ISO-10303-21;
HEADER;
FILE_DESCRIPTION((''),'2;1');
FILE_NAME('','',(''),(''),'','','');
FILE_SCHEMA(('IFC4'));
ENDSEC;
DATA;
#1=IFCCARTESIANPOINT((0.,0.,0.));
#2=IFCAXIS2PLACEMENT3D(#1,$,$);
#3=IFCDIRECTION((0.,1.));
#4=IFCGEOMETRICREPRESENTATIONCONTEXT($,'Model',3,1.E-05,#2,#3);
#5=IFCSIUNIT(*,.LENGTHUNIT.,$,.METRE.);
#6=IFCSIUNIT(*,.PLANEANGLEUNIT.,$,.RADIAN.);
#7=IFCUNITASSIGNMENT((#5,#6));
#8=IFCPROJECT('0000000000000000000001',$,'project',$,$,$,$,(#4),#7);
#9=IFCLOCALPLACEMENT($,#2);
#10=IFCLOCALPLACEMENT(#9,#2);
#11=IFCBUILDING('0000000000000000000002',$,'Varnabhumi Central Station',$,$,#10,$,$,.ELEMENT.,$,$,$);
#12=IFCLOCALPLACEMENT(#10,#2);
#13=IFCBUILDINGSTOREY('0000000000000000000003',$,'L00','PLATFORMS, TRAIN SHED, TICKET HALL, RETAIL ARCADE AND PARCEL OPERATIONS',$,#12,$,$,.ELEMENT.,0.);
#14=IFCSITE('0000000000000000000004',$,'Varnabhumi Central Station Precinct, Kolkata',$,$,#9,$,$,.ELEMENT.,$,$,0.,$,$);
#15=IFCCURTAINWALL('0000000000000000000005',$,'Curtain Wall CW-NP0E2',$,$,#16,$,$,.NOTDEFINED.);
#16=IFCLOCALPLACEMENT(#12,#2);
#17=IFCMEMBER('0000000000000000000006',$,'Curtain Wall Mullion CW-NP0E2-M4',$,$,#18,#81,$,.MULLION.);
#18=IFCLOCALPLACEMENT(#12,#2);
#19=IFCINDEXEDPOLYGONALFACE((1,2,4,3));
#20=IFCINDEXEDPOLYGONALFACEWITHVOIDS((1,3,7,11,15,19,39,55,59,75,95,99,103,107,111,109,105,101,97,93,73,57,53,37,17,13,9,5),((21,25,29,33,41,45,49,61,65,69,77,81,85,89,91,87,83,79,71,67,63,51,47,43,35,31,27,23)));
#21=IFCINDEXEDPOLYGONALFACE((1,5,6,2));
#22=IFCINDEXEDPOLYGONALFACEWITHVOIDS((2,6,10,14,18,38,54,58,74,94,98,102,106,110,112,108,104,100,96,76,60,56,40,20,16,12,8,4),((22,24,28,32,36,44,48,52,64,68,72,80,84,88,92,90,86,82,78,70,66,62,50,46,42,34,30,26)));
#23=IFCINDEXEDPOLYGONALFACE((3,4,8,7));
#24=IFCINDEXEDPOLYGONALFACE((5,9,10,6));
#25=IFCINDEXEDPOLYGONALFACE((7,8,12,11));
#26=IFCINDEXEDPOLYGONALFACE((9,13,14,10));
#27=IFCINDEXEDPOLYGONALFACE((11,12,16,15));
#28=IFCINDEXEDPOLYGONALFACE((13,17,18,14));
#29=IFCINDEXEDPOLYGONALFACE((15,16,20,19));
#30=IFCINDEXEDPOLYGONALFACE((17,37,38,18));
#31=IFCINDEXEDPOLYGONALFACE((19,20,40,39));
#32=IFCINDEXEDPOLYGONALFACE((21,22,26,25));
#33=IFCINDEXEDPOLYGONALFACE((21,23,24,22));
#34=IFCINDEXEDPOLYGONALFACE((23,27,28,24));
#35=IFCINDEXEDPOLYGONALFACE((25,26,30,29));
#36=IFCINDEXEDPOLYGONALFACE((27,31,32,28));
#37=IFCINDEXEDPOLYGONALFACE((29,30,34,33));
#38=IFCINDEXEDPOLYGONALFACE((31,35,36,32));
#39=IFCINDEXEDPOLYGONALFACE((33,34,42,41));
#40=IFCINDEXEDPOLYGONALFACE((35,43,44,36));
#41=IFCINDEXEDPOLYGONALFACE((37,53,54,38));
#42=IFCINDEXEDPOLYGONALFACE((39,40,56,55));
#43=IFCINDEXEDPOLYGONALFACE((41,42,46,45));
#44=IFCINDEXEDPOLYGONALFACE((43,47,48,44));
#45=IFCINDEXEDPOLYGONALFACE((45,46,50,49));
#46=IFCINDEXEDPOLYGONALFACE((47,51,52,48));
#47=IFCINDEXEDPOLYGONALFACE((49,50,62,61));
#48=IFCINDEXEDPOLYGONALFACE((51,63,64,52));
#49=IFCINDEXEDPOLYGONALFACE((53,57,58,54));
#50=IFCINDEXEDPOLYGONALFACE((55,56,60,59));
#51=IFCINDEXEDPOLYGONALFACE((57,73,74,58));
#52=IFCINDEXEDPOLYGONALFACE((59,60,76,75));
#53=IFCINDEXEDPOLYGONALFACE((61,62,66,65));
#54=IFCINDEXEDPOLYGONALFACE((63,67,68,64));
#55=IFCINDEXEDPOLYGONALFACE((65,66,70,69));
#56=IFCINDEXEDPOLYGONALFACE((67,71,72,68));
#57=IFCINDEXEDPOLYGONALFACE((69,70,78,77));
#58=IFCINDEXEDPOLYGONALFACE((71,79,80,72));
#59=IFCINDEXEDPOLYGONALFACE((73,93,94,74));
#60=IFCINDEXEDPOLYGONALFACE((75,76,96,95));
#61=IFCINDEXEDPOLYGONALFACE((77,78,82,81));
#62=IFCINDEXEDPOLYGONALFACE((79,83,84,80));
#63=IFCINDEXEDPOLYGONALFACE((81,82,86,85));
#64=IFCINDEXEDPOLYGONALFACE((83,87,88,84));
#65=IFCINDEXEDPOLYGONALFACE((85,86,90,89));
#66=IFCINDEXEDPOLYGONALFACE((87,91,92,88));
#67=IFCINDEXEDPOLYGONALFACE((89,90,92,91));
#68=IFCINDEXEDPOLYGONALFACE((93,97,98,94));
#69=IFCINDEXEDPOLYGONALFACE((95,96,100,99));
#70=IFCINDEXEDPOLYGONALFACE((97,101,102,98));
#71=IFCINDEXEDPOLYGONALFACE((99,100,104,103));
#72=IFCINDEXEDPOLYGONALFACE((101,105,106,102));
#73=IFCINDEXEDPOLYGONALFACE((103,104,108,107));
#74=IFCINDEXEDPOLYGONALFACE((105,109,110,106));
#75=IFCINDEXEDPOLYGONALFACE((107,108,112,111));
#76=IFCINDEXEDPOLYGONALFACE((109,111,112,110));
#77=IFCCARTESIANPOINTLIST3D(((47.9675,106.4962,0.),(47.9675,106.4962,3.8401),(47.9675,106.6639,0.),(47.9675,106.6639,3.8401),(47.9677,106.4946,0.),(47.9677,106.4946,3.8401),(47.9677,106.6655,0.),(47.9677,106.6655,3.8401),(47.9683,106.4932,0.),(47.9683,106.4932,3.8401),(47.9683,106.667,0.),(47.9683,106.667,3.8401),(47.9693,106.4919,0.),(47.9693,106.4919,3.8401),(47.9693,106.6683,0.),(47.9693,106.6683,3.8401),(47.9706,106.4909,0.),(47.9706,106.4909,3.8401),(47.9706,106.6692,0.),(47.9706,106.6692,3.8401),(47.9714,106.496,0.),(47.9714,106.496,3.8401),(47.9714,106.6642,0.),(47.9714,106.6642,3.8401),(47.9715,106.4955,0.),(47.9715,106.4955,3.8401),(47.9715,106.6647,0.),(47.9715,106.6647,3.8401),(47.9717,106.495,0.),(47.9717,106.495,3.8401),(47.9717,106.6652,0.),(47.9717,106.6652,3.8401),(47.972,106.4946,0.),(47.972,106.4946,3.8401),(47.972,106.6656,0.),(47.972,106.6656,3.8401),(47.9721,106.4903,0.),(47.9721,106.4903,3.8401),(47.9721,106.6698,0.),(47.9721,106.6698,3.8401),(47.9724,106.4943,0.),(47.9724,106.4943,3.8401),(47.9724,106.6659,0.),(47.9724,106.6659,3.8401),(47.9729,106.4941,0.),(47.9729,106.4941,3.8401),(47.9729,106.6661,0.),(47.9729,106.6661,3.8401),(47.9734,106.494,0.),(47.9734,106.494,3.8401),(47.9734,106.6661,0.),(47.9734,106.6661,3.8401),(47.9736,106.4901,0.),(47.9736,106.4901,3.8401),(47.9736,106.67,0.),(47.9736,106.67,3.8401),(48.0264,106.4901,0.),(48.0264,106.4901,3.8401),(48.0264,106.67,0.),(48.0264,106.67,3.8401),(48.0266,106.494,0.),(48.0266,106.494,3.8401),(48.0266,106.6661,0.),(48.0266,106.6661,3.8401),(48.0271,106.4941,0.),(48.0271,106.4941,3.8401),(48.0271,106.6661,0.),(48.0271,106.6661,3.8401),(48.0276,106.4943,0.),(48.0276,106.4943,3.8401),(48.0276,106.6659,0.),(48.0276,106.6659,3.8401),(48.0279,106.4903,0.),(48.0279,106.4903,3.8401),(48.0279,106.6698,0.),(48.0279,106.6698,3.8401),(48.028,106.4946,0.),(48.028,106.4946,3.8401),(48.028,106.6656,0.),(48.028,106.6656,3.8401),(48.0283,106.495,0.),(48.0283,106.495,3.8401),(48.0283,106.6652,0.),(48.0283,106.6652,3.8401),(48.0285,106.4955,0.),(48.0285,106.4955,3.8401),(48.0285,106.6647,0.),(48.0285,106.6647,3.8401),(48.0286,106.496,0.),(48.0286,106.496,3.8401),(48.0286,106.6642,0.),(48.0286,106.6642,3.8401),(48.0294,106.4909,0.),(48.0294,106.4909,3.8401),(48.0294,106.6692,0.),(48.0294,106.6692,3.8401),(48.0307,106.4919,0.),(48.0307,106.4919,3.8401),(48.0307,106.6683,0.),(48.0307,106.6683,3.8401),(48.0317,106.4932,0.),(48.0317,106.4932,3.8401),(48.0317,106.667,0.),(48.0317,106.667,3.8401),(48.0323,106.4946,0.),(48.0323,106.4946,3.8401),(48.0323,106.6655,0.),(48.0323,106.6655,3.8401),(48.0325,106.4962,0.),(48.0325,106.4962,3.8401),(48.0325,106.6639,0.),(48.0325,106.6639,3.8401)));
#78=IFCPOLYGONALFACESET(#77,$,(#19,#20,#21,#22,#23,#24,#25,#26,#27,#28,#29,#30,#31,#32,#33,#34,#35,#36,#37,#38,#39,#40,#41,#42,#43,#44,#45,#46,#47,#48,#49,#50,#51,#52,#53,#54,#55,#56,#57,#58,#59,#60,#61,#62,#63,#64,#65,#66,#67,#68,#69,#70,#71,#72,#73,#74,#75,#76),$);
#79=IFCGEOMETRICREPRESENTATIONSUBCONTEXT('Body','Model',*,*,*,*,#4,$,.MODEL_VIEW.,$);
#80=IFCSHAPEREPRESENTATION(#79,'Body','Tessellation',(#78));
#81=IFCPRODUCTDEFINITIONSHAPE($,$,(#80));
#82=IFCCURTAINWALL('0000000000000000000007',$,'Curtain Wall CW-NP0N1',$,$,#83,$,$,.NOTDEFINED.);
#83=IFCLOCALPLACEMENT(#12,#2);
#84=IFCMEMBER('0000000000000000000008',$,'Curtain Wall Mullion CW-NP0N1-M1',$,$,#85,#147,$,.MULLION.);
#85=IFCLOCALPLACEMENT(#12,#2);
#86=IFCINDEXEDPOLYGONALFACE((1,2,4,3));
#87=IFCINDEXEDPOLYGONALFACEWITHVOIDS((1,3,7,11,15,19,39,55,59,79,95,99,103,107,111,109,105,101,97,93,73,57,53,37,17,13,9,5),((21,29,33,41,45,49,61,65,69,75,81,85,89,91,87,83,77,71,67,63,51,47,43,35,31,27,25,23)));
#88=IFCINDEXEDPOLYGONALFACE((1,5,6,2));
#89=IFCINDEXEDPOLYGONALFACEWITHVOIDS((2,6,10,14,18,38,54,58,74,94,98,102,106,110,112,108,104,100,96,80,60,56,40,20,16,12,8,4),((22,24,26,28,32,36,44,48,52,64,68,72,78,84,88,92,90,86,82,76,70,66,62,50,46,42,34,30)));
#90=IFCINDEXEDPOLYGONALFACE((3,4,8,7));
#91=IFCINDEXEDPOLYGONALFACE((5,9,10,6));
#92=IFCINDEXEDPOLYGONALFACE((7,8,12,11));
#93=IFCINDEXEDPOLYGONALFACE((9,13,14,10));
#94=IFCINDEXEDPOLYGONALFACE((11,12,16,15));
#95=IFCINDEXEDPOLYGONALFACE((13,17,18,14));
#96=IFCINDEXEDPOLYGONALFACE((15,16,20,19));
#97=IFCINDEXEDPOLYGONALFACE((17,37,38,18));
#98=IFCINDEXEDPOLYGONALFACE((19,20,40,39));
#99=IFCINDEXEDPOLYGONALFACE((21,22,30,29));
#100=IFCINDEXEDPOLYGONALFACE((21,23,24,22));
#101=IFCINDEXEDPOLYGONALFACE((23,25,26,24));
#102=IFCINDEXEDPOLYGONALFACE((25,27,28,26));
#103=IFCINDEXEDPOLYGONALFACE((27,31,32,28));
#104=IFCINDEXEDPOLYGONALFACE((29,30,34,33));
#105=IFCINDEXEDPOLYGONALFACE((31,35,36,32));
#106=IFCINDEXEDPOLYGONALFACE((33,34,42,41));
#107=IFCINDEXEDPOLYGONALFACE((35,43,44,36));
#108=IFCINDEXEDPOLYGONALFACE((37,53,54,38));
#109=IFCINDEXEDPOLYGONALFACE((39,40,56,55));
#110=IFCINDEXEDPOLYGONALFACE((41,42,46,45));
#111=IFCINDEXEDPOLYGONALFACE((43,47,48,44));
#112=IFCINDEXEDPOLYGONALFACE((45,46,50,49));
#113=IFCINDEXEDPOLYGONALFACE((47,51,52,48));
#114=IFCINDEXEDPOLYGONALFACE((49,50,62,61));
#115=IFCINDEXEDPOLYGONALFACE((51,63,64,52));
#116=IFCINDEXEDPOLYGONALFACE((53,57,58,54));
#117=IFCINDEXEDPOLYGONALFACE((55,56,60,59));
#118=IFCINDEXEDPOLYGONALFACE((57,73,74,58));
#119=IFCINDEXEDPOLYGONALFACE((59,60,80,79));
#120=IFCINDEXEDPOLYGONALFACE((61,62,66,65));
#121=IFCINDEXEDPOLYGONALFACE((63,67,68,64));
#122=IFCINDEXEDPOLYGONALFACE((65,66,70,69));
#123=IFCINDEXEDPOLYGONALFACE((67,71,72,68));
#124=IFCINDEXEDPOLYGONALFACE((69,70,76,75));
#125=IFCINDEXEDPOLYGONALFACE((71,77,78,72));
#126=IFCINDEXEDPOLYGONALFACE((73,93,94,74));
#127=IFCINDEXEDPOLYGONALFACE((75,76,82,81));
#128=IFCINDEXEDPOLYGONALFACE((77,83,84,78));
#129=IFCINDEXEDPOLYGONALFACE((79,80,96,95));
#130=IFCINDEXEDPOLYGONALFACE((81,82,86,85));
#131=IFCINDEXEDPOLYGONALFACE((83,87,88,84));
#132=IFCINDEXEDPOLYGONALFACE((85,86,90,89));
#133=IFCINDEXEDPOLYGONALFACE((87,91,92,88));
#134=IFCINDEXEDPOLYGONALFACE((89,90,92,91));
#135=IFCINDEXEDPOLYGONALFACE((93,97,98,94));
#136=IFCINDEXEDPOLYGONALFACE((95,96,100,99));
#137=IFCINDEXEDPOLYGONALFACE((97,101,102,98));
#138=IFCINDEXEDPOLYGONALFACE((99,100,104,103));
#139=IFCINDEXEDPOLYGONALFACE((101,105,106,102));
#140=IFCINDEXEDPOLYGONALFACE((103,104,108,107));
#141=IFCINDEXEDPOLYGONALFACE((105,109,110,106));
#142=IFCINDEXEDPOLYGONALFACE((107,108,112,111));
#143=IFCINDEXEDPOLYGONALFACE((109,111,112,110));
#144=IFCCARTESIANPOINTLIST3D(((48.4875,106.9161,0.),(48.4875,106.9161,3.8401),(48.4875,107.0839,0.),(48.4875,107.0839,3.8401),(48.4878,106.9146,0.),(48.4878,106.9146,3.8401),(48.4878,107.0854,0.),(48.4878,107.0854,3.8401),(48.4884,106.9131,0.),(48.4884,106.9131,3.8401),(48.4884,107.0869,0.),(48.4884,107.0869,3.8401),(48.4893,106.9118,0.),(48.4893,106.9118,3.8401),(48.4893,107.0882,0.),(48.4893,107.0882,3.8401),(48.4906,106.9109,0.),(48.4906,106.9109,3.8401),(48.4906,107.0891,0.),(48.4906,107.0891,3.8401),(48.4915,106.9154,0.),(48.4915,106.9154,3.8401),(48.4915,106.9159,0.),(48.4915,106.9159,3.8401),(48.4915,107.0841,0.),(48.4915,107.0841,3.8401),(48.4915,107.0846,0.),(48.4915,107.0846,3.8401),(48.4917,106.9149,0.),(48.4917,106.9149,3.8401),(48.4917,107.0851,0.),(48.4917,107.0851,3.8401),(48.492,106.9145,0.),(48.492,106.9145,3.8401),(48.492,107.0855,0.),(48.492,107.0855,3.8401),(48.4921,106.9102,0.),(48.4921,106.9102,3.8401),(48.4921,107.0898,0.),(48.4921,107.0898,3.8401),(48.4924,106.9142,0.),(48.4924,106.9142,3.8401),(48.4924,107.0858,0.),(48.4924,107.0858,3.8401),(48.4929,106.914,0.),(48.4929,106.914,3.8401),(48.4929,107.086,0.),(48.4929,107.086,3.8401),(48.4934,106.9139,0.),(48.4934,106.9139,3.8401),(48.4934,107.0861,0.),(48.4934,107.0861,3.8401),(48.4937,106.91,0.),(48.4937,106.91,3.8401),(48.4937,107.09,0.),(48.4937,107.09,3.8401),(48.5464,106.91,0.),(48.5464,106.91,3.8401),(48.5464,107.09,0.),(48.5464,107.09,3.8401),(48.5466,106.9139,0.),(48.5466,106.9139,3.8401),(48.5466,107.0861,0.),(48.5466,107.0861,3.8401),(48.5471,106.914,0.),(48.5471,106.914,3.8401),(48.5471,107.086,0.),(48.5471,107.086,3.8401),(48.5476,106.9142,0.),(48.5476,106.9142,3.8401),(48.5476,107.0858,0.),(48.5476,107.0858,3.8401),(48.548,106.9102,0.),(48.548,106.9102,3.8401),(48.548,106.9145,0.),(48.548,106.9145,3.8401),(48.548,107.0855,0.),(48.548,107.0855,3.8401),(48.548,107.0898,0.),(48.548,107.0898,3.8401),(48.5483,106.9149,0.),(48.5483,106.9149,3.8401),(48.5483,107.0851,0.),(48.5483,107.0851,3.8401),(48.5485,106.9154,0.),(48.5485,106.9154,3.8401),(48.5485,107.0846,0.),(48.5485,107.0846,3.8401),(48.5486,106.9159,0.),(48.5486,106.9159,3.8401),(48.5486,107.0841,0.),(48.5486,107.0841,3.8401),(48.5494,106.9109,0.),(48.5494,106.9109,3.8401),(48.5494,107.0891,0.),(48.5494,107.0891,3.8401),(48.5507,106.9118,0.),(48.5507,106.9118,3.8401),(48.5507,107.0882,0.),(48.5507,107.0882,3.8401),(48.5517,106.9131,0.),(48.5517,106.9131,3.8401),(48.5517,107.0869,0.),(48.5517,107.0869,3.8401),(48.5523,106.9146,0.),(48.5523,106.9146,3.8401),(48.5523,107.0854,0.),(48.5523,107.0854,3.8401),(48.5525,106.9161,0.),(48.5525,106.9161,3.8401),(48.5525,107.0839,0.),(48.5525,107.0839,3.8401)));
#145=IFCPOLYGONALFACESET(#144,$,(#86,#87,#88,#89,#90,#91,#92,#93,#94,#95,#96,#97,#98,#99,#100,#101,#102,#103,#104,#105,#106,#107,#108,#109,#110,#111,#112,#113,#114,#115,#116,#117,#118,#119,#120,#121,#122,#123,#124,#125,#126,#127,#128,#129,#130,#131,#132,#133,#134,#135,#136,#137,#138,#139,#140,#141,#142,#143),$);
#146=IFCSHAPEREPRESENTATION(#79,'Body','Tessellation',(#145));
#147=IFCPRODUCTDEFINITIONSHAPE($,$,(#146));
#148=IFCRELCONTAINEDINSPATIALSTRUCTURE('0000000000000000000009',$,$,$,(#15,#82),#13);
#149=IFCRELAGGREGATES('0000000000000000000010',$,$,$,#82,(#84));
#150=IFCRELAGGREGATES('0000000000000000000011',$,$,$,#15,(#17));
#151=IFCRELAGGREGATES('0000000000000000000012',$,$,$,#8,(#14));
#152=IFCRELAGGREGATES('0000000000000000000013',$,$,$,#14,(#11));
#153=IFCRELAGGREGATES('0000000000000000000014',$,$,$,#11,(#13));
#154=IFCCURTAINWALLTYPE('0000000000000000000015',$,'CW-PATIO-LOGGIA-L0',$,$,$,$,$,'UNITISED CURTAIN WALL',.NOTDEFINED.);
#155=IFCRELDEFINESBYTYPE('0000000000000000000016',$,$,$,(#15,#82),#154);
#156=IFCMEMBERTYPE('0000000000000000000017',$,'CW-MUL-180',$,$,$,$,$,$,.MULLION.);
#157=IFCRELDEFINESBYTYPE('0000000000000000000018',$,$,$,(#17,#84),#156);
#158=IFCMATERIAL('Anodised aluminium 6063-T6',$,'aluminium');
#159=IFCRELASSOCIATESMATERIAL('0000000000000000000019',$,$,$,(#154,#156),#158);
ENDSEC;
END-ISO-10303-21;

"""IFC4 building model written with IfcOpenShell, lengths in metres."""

from ifc_helpers import new_model, si_unit, direction, frame, origin, origin_2d, place, context, subcontext, project, spatial, hollow_rectangle, extrude, material, material_profile, profile_set, type_object, element, aggregate, save


model = new_model("IFC4")

# Units and contexts
model_context = context("Model", 3, precision=1e-05, world=origin(), true_north=direction((0.0, 1.0)))
body_context = subcontext(model_context, "Body", "Model", "MODEL_VIEW")
ifc_project = project(units=[si_unit("LENGTHUNIT", "METRE"), si_unit("PLANEANGLEUNIT", "RADIAN")], contexts=[model_context])

# Site, building, storey
site_placement = place(None, origin())
site = spatial("IfcSite", under=ifc_project, at=site_placement, Name="Varnabhumi Central Station Precinct, Kolkata", CompositionType="ELEMENT", RefElevation=0.0)
building_placement = place(site_placement, origin())
building = spatial("IfcBuilding", under=site, at=building_placement, Name="Varnabhumi Central Station", CompositionType="ELEMENT")
storey_placement = place(building_placement, origin())
storey = spatial("IfcBuildingStorey", under=building, at=storey_placement, Name="L00", Description="PLATFORMS, TRAIN SHED, TICKET HALL, RETAIL ARCADE AND PARCEL OPERATIONS", CompositionType="ELEMENT", Elevation=0.0)

# Curtain wall, member
ifc_material_1 = material(Name="Anodised aluminium 6063-T6", Category="aluminium")
curtain_wall_type = type_object("IfcCurtainWallType", Name="CW-PATIO-LOGGIA-L0", ElementType="UNITISED CURTAIN WALL", PredefinedType="NOTDEFINED", material=ifc_material_1)
curtain_wall_1_placement = place(storey_placement, origin())
curtain_wall_1 = element("IfcCurtainWall", 1, at=curtain_wall_1_placement, inside=storey, type_object=curtain_wall_type, Name="Curtain Wall CW-NP0E2", PredefinedType="NOTDEFINED")
ifc_material_profile_1 = material_profile(ifc_material_1, hollow_rectangle(XDim=0.0649, YDim=0.1799, WallThickness=0.0039, InnerFilletRadius=0.002, OuterFilletRadius=0.0061, at=origin_2d()), Name="Anodised aluminium 6063-T6", Category="aluminium")
ifc_profile_set_1 = profile_set([ifc_material_profile_1], Name="Anodised aluminium 6063-T6")
member_type_1 = type_object("IfcMemberType", Name="CW-MUL-180", PredefinedType="MULLION", material=ifc_profile_set_1)
member_1_placement = place(storey_placement, frame((48.0, 106.5801, 0.0), z_axis=(0.0, 0.0, 1.0), x_axis=(1.0, 0.0, 0.0)))
member_1 = element("IfcMember", 2, at=member_1_placement, type_object=member_type_1, Name="Curtain Wall Mullion CW-NP0E2-M4", PredefinedType="MULLION", context=body_context, shape_type="SweptSolid", body=[
    extrude(hollow_rectangle(XDim=0.0649, YDim=0.1799, WallThickness=0.0039, InnerFilletRadius=0.002, OuterFilletRadius=0.0061, at=origin_2d()), origin(), (0.0, 0.0, 1.0), 3.8401),
])

# Curtain wall, member
curtain_wall_2_placement = place(storey_placement, origin())
curtain_wall_2 = element("IfcCurtainWall", 3, at=curtain_wall_2_placement, inside=storey, type_object=curtain_wall_type, Name="Curtain Wall CW-NP0N1", PredefinedType="NOTDEFINED")
member_2_placement = place(storey_placement, frame((48.52, 107.0, 0.0), z_axis=(0.0, 0.0, 1.0), x_axis=(1.0, 0.0, 0.0)))
member_2 = element("IfcMember", 4, at=member_2_placement, type_object=member_type_1, Name="Curtain Wall Mullion CW-NP0N1-M1", PredefinedType="MULLION", context=body_context, shape_type="SweptSolid", body=[
    extrude(hollow_rectangle(XDim=0.0649, YDim=0.1799, WallThickness=0.0039, InnerFilletRadius=0.002, OuterFilletRadius=0.0061, at=origin_2d()), origin(), (0.0, 0.0, 1.0), 3.8401),
])
aggregate(curtain_wall_2, [member_2])

aggregate(curtain_wall_1, [member_1])

save(model, "model.ifc")
